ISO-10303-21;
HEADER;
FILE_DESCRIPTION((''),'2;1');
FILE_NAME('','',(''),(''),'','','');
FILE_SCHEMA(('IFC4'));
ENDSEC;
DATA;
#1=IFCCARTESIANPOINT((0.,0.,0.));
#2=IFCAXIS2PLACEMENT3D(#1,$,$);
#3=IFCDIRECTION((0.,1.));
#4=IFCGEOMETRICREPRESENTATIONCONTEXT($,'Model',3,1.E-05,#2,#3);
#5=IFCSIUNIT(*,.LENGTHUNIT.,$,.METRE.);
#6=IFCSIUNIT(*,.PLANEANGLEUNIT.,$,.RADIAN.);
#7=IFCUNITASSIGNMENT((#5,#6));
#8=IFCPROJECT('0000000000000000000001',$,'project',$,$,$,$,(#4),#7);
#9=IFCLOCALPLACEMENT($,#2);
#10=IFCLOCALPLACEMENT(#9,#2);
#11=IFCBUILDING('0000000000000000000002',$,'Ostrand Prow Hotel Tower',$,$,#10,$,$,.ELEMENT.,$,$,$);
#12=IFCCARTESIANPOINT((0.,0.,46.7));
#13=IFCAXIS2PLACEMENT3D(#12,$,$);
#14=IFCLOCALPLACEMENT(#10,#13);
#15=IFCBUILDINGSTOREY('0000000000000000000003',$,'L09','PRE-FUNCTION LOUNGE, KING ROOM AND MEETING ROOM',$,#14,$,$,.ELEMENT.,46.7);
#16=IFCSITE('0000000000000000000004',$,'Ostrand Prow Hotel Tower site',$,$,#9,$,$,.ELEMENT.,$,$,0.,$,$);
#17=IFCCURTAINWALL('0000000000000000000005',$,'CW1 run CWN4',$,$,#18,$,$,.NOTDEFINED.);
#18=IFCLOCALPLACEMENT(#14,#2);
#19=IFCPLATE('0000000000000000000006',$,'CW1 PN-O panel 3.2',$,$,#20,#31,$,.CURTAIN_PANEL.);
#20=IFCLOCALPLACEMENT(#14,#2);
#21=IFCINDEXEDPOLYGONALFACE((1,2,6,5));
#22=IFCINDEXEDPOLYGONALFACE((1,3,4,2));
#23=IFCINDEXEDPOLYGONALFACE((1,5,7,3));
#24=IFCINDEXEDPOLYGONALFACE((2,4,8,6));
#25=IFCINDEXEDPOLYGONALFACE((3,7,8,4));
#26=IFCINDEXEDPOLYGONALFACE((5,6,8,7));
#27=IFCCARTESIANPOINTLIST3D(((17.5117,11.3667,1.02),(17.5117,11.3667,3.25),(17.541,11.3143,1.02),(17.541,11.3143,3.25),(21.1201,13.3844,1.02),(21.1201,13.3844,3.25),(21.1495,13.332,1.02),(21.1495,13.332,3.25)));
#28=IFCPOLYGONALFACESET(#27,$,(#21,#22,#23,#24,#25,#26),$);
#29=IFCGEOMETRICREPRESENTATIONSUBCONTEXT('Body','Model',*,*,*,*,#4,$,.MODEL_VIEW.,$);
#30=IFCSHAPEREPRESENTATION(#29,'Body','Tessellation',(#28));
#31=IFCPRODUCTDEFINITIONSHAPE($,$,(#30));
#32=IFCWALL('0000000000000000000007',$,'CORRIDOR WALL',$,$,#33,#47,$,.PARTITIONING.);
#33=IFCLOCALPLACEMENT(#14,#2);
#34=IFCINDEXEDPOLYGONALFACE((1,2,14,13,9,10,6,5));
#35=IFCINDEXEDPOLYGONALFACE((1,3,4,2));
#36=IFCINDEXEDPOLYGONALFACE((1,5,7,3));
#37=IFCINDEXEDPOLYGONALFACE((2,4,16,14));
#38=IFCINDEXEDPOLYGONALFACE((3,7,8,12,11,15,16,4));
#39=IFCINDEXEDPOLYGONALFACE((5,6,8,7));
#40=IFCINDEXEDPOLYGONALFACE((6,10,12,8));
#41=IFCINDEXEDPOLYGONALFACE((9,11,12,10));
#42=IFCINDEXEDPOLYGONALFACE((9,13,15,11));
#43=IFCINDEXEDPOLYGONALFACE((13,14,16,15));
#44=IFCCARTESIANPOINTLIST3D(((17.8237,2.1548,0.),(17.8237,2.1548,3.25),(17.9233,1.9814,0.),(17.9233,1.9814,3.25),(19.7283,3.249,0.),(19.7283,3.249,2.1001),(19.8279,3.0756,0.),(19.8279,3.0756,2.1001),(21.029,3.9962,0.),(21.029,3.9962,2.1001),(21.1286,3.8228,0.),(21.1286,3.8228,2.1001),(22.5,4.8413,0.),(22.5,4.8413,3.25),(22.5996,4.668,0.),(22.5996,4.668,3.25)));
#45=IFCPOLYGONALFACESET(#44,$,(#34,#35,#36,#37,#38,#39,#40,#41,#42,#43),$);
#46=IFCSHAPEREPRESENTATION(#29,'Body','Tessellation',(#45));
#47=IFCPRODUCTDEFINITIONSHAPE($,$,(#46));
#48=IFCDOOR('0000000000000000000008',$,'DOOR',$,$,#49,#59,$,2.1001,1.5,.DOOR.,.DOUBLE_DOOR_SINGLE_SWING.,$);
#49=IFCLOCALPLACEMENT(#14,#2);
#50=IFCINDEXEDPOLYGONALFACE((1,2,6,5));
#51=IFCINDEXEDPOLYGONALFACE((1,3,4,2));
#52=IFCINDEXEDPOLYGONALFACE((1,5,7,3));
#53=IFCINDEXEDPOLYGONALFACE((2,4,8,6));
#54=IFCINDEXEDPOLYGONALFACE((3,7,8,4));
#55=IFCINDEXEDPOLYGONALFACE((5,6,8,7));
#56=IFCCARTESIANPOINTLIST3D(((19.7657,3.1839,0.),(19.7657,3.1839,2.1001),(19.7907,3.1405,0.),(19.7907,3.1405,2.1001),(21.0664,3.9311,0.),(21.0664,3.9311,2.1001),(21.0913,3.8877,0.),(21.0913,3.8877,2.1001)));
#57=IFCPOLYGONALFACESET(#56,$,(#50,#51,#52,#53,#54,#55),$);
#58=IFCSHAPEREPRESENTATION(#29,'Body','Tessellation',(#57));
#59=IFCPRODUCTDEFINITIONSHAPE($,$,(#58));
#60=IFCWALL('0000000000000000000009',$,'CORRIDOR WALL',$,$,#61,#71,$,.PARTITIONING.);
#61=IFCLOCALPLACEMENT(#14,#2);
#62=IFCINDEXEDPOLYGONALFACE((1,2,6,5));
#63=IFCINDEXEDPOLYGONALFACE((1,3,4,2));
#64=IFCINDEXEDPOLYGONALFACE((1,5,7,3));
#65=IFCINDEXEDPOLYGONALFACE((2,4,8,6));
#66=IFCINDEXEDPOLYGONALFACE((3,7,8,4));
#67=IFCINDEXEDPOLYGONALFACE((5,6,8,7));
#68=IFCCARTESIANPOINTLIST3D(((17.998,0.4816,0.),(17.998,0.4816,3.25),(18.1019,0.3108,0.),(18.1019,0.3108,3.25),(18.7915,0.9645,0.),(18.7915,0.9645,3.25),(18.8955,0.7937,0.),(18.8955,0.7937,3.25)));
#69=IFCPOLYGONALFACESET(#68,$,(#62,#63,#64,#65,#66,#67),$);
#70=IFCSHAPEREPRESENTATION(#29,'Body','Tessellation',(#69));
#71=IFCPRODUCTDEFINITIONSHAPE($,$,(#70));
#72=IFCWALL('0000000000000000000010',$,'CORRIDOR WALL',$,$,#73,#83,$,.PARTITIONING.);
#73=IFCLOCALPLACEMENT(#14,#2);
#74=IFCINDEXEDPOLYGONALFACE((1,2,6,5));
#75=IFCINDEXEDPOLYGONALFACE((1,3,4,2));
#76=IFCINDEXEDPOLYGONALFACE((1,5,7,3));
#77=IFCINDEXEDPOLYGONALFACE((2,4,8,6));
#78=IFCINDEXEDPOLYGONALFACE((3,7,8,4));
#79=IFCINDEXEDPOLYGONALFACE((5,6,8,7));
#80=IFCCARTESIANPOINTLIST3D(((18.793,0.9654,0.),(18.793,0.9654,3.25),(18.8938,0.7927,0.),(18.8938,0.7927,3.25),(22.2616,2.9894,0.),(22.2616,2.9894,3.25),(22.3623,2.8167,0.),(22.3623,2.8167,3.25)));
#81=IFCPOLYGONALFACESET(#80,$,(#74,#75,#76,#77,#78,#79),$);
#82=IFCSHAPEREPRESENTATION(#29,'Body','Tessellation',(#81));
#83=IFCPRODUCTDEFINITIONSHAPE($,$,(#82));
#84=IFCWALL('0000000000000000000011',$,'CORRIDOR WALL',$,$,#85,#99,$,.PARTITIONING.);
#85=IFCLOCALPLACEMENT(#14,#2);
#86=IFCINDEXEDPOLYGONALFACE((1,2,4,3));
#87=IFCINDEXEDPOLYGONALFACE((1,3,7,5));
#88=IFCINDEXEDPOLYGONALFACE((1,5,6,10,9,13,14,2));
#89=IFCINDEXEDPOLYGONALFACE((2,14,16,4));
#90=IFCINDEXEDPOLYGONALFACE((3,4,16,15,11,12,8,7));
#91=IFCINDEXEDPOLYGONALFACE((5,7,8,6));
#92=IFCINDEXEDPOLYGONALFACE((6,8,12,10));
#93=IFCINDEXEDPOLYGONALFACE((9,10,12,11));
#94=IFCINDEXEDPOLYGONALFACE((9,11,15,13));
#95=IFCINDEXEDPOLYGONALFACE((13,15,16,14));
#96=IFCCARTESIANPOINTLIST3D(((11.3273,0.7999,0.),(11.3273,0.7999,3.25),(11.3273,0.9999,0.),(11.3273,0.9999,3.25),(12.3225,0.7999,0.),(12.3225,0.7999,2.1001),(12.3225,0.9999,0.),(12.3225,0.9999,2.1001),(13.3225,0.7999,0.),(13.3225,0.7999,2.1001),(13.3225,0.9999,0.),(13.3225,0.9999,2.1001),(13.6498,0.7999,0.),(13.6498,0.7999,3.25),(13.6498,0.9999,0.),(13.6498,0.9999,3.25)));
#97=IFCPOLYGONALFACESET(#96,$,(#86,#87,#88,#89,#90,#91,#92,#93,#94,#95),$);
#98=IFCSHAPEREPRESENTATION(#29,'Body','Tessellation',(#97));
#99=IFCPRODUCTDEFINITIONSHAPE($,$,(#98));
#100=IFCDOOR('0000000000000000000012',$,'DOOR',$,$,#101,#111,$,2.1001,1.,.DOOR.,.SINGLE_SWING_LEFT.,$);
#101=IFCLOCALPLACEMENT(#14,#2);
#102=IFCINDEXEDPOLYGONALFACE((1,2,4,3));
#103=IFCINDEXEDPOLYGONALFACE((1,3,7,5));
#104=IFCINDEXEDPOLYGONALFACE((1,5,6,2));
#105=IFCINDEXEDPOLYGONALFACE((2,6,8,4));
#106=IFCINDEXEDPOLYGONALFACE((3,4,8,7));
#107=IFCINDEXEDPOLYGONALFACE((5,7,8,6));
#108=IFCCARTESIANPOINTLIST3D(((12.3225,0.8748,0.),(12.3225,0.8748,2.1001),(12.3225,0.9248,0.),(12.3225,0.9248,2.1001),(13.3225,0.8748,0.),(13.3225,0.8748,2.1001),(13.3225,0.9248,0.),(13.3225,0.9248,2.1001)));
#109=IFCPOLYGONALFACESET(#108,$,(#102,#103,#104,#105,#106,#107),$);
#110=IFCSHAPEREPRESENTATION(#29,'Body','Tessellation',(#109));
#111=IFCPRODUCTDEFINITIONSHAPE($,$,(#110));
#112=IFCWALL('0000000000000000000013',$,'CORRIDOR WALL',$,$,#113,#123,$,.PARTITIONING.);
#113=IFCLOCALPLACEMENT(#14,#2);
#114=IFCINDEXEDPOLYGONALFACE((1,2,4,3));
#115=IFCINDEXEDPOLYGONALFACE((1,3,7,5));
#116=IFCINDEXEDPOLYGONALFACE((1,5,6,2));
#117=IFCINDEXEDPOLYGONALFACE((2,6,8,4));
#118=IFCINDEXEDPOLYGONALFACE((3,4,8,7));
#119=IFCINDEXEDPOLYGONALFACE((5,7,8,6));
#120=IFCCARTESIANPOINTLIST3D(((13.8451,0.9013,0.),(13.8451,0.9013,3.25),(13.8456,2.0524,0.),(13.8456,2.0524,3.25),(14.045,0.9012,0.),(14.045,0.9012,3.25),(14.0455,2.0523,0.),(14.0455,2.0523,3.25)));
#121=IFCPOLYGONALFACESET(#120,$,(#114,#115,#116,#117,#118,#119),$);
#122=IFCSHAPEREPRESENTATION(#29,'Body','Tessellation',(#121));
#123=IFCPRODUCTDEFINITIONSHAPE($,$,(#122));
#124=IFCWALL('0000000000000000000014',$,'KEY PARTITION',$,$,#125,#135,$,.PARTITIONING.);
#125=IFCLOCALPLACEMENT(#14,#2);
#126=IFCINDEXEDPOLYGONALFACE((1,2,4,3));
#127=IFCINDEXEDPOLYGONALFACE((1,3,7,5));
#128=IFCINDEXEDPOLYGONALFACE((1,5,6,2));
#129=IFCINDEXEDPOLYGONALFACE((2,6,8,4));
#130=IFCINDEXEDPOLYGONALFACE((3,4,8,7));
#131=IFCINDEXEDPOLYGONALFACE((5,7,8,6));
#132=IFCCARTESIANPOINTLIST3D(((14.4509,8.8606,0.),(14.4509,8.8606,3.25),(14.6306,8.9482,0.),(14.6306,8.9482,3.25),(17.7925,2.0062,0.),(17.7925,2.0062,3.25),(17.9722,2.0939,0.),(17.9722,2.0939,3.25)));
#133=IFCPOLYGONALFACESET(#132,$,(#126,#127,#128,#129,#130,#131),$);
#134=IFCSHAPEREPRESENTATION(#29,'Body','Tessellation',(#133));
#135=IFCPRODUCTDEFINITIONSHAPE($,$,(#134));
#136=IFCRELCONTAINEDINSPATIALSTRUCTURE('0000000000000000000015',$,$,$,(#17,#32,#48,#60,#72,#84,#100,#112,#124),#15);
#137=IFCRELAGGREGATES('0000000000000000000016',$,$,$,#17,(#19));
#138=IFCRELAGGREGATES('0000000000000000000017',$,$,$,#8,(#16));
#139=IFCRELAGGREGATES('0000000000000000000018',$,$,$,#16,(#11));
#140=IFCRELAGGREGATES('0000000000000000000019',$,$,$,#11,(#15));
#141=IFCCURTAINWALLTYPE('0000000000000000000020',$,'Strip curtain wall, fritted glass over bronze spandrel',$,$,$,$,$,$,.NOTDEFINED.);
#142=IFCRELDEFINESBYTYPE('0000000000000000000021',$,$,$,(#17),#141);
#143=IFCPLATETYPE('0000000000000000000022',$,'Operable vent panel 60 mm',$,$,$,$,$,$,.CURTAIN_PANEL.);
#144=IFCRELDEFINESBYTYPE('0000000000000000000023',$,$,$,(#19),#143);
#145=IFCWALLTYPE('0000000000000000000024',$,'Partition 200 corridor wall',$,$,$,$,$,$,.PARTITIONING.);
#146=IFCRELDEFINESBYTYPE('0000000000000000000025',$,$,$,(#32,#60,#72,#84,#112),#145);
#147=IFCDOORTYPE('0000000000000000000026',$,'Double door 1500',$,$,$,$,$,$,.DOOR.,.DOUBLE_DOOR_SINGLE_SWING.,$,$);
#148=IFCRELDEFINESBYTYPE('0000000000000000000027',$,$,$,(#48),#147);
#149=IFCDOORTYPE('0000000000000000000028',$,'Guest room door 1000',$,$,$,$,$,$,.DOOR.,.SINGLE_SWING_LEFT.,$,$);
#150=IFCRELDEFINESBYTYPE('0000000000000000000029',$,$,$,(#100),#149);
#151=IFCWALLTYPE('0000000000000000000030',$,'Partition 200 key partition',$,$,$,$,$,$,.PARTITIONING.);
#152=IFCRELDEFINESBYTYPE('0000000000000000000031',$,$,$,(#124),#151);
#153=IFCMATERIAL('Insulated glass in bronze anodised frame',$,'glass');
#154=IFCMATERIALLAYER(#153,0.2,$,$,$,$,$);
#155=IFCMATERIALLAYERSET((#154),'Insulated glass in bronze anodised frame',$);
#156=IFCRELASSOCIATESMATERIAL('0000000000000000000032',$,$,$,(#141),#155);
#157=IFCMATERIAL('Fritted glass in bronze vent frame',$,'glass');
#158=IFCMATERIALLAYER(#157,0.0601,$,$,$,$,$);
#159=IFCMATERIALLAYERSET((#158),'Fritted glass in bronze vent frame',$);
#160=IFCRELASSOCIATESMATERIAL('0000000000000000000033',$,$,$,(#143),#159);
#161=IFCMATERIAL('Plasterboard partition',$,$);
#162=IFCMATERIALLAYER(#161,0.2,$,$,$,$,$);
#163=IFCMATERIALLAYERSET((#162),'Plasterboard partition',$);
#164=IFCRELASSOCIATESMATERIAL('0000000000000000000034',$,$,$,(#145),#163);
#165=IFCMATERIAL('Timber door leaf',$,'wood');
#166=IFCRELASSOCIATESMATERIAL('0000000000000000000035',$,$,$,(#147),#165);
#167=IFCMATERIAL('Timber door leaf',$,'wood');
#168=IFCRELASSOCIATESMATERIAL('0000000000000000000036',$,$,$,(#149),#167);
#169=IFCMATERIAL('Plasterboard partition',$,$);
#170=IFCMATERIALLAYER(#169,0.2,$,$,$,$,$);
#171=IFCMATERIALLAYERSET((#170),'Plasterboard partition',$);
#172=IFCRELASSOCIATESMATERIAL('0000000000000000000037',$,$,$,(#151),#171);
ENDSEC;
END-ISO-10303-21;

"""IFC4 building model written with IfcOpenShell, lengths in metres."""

from ifc_helpers import new_model, si_unit, direction, frame, frame_2d, origin, origin_2d, place, context, subcontext, project, spatial, rectangle, extrude, material, layer, layer_set, type_object, element, fill, aggregate, save


model = new_model("IFC4")

# Units and contexts
model_context = context("Model", 3, precision=1e-05, world=origin(), true_north=direction((0.0, 1.0)))
body_context = subcontext(model_context, "Body", "Model", "MODEL_VIEW")
ifc_project = project(units=[si_unit("LENGTHUNIT", "METRE"), si_unit("PLANEANGLEUNIT", "RADIAN")], contexts=[model_context])

# Site, building, storey
site_placement = place(None, origin())
site = spatial("IfcSite", under=ifc_project, at=site_placement, Name="Ostrand Prow Hotel Tower site", CompositionType="ELEMENT", RefElevation=0.0)
building_placement = place(site_placement, origin())
building = spatial("IfcBuilding", under=site, at=building_placement, Name="Ostrand Prow Hotel Tower", CompositionType="ELEMENT")
storey_placement = place(building_placement, frame((0.0, 0.0, 46.7)))
storey = spatial("IfcBuildingStorey", under=building, at=storey_placement, Name="L09", Description="PRE-FUNCTION LOUNGE, KING ROOM AND MEETING ROOM", CompositionType="ELEMENT", Elevation=46.7)

# Curtain wall
ifc_material_1 = material(Name="Insulated glass in bronze anodised frame", Category="glass")
ifc_layer_1 = layer(ifc_material_1, 0.2)
ifc_layer_set_1 = layer_set([ifc_layer_1], Name="Insulated glass in bronze anodised frame")
curtain_wall_type = type_object("IfcCurtainWallType", Name="Strip curtain wall, fritted glass over bronze spandrel", PredefinedType="NOTDEFINED", material=ifc_layer_set_1)
curtain_wall_1_placement = place(storey_placement, origin())
curtain_wall_1 = element("IfcCurtainWall", 1, at=curtain_wall_1_placement, inside=storey, type_object=curtain_wall_type, Name="CW1 run CWN4", PredefinedType="NOTDEFINED")

# Plate
ifc_material_2 = material(Name="Fritted glass in bronze vent frame", Category="glass")
ifc_layer_2 = layer(ifc_material_2, 0.0601)
ifc_layer_set_2 = layer_set([ifc_layer_2], Name="Fritted glass in bronze vent frame")
plate_type_1 = type_object("IfcPlateType", Name="Operable vent panel 60 mm", PredefinedType="CURTAIN_PANEL", material=ifc_layer_set_2)
plate_1_placement = place(storey_placement, frame((19.3306, 12.3494, 1.02), z_axis=(0.0, 0.0, 1.0), x_axis=(-0.872819, -0.488044, 0.0)))
plate_1 = element("IfcPlate", 2, at=plate_1_placement, type_object=plate_type_1, Name="CW1 PN-O panel 3.2", PredefinedType="CURTAIN_PANEL", context=body_context, shape_type="SweptSolid", body=[
    extrude(rectangle(XDim=4.1343, YDim=0.0601, at=origin_2d()), origin(), (0.0, 0.0, 1.0), 2.23),
])
aggregate(curtain_wall_1, [plate_1])

# Wall, opening, door
ifc_material_3 = material(Name="Plasterboard partition")
ifc_layer_3 = layer(ifc_material_3, 0.2)
ifc_layer_set_3 = layer_set([ifc_layer_3], Name="Plasterboard partition")
wall_type_1 = type_object("IfcWallType", Name="Partition 200 corridor wall", PredefinedType="PARTITIONING", material=ifc_layer_set_3)
wall_1_placement = place(storey_placement, frame((17.8735, 2.0681, 0.0), z_axis=(0.0, 0.0, 1.0), x_axis=(0.867093, 0.498146, 0.0)))
wall_1 = element("IfcWall", 3, at=wall_1_placement, inside=storey, type_object=wall_type_1, Name="CORRIDOR WALL", PredefinedType="PARTITIONING", context=body_context, shape_type="SweptSolid", body=[
    extrude(rectangle(XDim=5.3931, YDim=0.2, at=frame_2d((2.6965, 0.0))), origin(), (0.0, 0.0, 1.0), 3.25),
])
opening_1_placement = place(wall_1_placement, frame((2.1965, 0.0, 0.0)))
opening_1 = element("IfcOpeningElement", 4, at=opening_1_placement, cuts=wall_1, PredefinedType="OPENING", context=body_context, shape_type="SweptSolid", body=[
    extrude(rectangle(XDim=1.5, YDim=2.1001, at=frame_2d((0.75, 1.05))), frame((0.0, 0.1099, 0.0), z_axis=(0.0, -1.0, 0.0), x_axis=(1.0, 0.0, 0.0)), (0.0, 0.0, 1.0), 0.22),
])
ifc_material_4 = material(Name="Timber door leaf", Category="wood")
door_type_1 = type_object("IfcDoorType", Name="Double door 1500", OperationType="DOUBLE_DOOR_SINGLE_SWING", PredefinedType="DOOR", material=ifc_material_4)
door_1_placement = place(opening_1_placement, origin())
door_1 = element("IfcDoor", 5, at=door_1_placement, inside=storey, type_object=door_type_1, Name="DOOR", OperationType="DOUBLE_DOOR_SINGLE_SWING", OverallHeight=2.1001, OverallWidth=1.5, PredefinedType="DOOR", context=body_context, shape_type="SweptSolid", body=[
    extrude(rectangle(XDim=1.5, YDim=2.1001, at=frame_2d((0.75, 1.05))), frame((0.0, 0.0249, 0.0), z_axis=(0.0, -1.0, 0.0), x_axis=(1.0, 0.0, 0.0)), (0.0, 0.0, 1.0), 0.05),
])
fill(opening_1, door_1)

# Walls
wall_2_placement = place(storey_placement, frame((18.05, 0.3962, 0.0), z_axis=(0.0, 0.0, 1.0), x_axis=(0.854229, 0.519897, 0.0)))
element("IfcWall", 6, at=wall_2_placement, inside=storey, type_object=wall_type_1, Name="CORRIDOR WALL", PredefinedType="PARTITIONING", context=body_context, shape_type="SweptSolid", body=[
    extrude(rectangle(XDim=0.929, YDim=0.2, at=frame_2d((0.4644, 0.0))), origin(), (0.0, 0.0, 1.0), 3.25),
])
wall_3_placement = place(storey_placement, frame((18.8435, 0.8792, 0.0), z_axis=(0.0, 0.0, 1.0), x_axis=(0.863711, 0.503988, 0.0)))
element("IfcWall", 7, at=wall_3_placement, inside=storey, type_object=wall_type_1, Name="CORRIDOR WALL", PredefinedType="PARTITIONING", context=body_context, shape_type="SweptSolid", body=[
    extrude(rectangle(XDim=4.0159, YDim=0.2, at=frame_2d((2.0078, 0.0))), origin(), (0.0, 0.0, 1.0), 3.25),
])

# Wall, opening, door
wall_4_placement = place(storey_placement, frame((11.3274, 0.8999, 0.0), z_axis=(0.0, 0.0, 1.0), x_axis=(1.0, 0.0, 0.0)))
wall_4 = element("IfcWall", 8, at=wall_4_placement, inside=storey, type_object=wall_type_1, Name="CORRIDOR WALL", PredefinedType="PARTITIONING", context=body_context, shape_type="SweptSolid", body=[
    extrude(rectangle(XDim=2.3225, YDim=0.2, at=frame_2d((1.1611, 0.0))), origin(), (0.0, 0.0, 1.0), 3.25),
])
opening_2_placement = place(wall_4_placement, frame((0.9951, 0.0, 0.0)))
opening_2 = element("IfcOpeningElement", 9, at=opening_2_placement, cuts=wall_4, PredefinedType="OPENING", context=body_context, shape_type="SweptSolid", body=[
    extrude(rectangle(XDim=1.0, YDim=2.1001, at=frame_2d((0.5, 1.05))), frame((0.0, 0.1099, 0.0), z_axis=(0.0, -1.0, 0.0), x_axis=(1.0, 0.0, 0.0)), (0.0, 0.0, 1.0), 0.22),
])
ifc_material_5 = material(Name="Timber door leaf", Category="wood")
door_type_2 = type_object("IfcDoorType", Name="Guest room door 1000", OperationType="SINGLE_SWING_LEFT", PredefinedType="DOOR", material=ifc_material_5)
door_2_placement = place(opening_2_placement, origin())
door_2 = element("IfcDoor", 10, at=door_2_placement, inside=storey, type_object=door_type_2, Name="DOOR", OperationType="SINGLE_SWING_LEFT", OverallHeight=2.1001, OverallWidth=1.0, PredefinedType="DOOR", context=body_context, shape_type="SweptSolid", body=[
    extrude(rectangle(XDim=1.0, YDim=2.1001, at=frame_2d((0.5, 1.05))), frame((0.0, 0.0249, 0.0), z_axis=(0.0, -1.0, 0.0), x_axis=(1.0, 0.0, 0.0)), (0.0, 0.0, 1.0), 0.05),
])
fill(opening_2, door_2)

# Walls
wall_5_placement = place(storey_placement, frame((13.9456, 2.0525, 0.0), z_axis=(0.0, 0.0, 1.0), x_axis=(-0.000424, -1.0, 0.0)))
element("IfcWall", 11, at=wall_5_placement, inside=storey, type_object=wall_type_1, Name="CORRIDOR WALL", PredefinedType="PARTITIONING", context=body_context, shape_type="SweptSolid", body=[
    extrude(rectangle(XDim=1.1511, YDim=0.2, at=frame_2d((0.5757, 0.0))), origin(), (0.0, 0.0, 1.0), 3.25),
])
ifc_material_6 = material(Name="Plasterboard partition")
ifc_layer_4 = layer(ifc_material_6, 0.2)
ifc_layer_set_4 = layer_set([ifc_layer_4], Name="Plasterboard partition")
wall_type_2 = type_object("IfcWallType", Name="Partition 200 key partition", PredefinedType="PARTITIONING", material=ifc_layer_set_4)
wall_6_placement = place(storey_placement, frame((17.8823, 2.05, 0.0), z_axis=(0.0, 0.0, 1.0), x_axis=(-0.438214, 0.898871, 0.0)))
element("IfcWall", 12, at=wall_6_placement, inside=storey, type_object=wall_type_2, Name="KEY PARTITION", PredefinedType="PARTITIONING", context=body_context, shape_type="SweptSolid", body=[
    extrude(rectangle(XDim=7.6255, YDim=0.2, at=frame_2d((3.8127, 0.0))), origin(), (0.0, 0.0, 1.0), 3.25),
])

save(model, "model.ifc")
